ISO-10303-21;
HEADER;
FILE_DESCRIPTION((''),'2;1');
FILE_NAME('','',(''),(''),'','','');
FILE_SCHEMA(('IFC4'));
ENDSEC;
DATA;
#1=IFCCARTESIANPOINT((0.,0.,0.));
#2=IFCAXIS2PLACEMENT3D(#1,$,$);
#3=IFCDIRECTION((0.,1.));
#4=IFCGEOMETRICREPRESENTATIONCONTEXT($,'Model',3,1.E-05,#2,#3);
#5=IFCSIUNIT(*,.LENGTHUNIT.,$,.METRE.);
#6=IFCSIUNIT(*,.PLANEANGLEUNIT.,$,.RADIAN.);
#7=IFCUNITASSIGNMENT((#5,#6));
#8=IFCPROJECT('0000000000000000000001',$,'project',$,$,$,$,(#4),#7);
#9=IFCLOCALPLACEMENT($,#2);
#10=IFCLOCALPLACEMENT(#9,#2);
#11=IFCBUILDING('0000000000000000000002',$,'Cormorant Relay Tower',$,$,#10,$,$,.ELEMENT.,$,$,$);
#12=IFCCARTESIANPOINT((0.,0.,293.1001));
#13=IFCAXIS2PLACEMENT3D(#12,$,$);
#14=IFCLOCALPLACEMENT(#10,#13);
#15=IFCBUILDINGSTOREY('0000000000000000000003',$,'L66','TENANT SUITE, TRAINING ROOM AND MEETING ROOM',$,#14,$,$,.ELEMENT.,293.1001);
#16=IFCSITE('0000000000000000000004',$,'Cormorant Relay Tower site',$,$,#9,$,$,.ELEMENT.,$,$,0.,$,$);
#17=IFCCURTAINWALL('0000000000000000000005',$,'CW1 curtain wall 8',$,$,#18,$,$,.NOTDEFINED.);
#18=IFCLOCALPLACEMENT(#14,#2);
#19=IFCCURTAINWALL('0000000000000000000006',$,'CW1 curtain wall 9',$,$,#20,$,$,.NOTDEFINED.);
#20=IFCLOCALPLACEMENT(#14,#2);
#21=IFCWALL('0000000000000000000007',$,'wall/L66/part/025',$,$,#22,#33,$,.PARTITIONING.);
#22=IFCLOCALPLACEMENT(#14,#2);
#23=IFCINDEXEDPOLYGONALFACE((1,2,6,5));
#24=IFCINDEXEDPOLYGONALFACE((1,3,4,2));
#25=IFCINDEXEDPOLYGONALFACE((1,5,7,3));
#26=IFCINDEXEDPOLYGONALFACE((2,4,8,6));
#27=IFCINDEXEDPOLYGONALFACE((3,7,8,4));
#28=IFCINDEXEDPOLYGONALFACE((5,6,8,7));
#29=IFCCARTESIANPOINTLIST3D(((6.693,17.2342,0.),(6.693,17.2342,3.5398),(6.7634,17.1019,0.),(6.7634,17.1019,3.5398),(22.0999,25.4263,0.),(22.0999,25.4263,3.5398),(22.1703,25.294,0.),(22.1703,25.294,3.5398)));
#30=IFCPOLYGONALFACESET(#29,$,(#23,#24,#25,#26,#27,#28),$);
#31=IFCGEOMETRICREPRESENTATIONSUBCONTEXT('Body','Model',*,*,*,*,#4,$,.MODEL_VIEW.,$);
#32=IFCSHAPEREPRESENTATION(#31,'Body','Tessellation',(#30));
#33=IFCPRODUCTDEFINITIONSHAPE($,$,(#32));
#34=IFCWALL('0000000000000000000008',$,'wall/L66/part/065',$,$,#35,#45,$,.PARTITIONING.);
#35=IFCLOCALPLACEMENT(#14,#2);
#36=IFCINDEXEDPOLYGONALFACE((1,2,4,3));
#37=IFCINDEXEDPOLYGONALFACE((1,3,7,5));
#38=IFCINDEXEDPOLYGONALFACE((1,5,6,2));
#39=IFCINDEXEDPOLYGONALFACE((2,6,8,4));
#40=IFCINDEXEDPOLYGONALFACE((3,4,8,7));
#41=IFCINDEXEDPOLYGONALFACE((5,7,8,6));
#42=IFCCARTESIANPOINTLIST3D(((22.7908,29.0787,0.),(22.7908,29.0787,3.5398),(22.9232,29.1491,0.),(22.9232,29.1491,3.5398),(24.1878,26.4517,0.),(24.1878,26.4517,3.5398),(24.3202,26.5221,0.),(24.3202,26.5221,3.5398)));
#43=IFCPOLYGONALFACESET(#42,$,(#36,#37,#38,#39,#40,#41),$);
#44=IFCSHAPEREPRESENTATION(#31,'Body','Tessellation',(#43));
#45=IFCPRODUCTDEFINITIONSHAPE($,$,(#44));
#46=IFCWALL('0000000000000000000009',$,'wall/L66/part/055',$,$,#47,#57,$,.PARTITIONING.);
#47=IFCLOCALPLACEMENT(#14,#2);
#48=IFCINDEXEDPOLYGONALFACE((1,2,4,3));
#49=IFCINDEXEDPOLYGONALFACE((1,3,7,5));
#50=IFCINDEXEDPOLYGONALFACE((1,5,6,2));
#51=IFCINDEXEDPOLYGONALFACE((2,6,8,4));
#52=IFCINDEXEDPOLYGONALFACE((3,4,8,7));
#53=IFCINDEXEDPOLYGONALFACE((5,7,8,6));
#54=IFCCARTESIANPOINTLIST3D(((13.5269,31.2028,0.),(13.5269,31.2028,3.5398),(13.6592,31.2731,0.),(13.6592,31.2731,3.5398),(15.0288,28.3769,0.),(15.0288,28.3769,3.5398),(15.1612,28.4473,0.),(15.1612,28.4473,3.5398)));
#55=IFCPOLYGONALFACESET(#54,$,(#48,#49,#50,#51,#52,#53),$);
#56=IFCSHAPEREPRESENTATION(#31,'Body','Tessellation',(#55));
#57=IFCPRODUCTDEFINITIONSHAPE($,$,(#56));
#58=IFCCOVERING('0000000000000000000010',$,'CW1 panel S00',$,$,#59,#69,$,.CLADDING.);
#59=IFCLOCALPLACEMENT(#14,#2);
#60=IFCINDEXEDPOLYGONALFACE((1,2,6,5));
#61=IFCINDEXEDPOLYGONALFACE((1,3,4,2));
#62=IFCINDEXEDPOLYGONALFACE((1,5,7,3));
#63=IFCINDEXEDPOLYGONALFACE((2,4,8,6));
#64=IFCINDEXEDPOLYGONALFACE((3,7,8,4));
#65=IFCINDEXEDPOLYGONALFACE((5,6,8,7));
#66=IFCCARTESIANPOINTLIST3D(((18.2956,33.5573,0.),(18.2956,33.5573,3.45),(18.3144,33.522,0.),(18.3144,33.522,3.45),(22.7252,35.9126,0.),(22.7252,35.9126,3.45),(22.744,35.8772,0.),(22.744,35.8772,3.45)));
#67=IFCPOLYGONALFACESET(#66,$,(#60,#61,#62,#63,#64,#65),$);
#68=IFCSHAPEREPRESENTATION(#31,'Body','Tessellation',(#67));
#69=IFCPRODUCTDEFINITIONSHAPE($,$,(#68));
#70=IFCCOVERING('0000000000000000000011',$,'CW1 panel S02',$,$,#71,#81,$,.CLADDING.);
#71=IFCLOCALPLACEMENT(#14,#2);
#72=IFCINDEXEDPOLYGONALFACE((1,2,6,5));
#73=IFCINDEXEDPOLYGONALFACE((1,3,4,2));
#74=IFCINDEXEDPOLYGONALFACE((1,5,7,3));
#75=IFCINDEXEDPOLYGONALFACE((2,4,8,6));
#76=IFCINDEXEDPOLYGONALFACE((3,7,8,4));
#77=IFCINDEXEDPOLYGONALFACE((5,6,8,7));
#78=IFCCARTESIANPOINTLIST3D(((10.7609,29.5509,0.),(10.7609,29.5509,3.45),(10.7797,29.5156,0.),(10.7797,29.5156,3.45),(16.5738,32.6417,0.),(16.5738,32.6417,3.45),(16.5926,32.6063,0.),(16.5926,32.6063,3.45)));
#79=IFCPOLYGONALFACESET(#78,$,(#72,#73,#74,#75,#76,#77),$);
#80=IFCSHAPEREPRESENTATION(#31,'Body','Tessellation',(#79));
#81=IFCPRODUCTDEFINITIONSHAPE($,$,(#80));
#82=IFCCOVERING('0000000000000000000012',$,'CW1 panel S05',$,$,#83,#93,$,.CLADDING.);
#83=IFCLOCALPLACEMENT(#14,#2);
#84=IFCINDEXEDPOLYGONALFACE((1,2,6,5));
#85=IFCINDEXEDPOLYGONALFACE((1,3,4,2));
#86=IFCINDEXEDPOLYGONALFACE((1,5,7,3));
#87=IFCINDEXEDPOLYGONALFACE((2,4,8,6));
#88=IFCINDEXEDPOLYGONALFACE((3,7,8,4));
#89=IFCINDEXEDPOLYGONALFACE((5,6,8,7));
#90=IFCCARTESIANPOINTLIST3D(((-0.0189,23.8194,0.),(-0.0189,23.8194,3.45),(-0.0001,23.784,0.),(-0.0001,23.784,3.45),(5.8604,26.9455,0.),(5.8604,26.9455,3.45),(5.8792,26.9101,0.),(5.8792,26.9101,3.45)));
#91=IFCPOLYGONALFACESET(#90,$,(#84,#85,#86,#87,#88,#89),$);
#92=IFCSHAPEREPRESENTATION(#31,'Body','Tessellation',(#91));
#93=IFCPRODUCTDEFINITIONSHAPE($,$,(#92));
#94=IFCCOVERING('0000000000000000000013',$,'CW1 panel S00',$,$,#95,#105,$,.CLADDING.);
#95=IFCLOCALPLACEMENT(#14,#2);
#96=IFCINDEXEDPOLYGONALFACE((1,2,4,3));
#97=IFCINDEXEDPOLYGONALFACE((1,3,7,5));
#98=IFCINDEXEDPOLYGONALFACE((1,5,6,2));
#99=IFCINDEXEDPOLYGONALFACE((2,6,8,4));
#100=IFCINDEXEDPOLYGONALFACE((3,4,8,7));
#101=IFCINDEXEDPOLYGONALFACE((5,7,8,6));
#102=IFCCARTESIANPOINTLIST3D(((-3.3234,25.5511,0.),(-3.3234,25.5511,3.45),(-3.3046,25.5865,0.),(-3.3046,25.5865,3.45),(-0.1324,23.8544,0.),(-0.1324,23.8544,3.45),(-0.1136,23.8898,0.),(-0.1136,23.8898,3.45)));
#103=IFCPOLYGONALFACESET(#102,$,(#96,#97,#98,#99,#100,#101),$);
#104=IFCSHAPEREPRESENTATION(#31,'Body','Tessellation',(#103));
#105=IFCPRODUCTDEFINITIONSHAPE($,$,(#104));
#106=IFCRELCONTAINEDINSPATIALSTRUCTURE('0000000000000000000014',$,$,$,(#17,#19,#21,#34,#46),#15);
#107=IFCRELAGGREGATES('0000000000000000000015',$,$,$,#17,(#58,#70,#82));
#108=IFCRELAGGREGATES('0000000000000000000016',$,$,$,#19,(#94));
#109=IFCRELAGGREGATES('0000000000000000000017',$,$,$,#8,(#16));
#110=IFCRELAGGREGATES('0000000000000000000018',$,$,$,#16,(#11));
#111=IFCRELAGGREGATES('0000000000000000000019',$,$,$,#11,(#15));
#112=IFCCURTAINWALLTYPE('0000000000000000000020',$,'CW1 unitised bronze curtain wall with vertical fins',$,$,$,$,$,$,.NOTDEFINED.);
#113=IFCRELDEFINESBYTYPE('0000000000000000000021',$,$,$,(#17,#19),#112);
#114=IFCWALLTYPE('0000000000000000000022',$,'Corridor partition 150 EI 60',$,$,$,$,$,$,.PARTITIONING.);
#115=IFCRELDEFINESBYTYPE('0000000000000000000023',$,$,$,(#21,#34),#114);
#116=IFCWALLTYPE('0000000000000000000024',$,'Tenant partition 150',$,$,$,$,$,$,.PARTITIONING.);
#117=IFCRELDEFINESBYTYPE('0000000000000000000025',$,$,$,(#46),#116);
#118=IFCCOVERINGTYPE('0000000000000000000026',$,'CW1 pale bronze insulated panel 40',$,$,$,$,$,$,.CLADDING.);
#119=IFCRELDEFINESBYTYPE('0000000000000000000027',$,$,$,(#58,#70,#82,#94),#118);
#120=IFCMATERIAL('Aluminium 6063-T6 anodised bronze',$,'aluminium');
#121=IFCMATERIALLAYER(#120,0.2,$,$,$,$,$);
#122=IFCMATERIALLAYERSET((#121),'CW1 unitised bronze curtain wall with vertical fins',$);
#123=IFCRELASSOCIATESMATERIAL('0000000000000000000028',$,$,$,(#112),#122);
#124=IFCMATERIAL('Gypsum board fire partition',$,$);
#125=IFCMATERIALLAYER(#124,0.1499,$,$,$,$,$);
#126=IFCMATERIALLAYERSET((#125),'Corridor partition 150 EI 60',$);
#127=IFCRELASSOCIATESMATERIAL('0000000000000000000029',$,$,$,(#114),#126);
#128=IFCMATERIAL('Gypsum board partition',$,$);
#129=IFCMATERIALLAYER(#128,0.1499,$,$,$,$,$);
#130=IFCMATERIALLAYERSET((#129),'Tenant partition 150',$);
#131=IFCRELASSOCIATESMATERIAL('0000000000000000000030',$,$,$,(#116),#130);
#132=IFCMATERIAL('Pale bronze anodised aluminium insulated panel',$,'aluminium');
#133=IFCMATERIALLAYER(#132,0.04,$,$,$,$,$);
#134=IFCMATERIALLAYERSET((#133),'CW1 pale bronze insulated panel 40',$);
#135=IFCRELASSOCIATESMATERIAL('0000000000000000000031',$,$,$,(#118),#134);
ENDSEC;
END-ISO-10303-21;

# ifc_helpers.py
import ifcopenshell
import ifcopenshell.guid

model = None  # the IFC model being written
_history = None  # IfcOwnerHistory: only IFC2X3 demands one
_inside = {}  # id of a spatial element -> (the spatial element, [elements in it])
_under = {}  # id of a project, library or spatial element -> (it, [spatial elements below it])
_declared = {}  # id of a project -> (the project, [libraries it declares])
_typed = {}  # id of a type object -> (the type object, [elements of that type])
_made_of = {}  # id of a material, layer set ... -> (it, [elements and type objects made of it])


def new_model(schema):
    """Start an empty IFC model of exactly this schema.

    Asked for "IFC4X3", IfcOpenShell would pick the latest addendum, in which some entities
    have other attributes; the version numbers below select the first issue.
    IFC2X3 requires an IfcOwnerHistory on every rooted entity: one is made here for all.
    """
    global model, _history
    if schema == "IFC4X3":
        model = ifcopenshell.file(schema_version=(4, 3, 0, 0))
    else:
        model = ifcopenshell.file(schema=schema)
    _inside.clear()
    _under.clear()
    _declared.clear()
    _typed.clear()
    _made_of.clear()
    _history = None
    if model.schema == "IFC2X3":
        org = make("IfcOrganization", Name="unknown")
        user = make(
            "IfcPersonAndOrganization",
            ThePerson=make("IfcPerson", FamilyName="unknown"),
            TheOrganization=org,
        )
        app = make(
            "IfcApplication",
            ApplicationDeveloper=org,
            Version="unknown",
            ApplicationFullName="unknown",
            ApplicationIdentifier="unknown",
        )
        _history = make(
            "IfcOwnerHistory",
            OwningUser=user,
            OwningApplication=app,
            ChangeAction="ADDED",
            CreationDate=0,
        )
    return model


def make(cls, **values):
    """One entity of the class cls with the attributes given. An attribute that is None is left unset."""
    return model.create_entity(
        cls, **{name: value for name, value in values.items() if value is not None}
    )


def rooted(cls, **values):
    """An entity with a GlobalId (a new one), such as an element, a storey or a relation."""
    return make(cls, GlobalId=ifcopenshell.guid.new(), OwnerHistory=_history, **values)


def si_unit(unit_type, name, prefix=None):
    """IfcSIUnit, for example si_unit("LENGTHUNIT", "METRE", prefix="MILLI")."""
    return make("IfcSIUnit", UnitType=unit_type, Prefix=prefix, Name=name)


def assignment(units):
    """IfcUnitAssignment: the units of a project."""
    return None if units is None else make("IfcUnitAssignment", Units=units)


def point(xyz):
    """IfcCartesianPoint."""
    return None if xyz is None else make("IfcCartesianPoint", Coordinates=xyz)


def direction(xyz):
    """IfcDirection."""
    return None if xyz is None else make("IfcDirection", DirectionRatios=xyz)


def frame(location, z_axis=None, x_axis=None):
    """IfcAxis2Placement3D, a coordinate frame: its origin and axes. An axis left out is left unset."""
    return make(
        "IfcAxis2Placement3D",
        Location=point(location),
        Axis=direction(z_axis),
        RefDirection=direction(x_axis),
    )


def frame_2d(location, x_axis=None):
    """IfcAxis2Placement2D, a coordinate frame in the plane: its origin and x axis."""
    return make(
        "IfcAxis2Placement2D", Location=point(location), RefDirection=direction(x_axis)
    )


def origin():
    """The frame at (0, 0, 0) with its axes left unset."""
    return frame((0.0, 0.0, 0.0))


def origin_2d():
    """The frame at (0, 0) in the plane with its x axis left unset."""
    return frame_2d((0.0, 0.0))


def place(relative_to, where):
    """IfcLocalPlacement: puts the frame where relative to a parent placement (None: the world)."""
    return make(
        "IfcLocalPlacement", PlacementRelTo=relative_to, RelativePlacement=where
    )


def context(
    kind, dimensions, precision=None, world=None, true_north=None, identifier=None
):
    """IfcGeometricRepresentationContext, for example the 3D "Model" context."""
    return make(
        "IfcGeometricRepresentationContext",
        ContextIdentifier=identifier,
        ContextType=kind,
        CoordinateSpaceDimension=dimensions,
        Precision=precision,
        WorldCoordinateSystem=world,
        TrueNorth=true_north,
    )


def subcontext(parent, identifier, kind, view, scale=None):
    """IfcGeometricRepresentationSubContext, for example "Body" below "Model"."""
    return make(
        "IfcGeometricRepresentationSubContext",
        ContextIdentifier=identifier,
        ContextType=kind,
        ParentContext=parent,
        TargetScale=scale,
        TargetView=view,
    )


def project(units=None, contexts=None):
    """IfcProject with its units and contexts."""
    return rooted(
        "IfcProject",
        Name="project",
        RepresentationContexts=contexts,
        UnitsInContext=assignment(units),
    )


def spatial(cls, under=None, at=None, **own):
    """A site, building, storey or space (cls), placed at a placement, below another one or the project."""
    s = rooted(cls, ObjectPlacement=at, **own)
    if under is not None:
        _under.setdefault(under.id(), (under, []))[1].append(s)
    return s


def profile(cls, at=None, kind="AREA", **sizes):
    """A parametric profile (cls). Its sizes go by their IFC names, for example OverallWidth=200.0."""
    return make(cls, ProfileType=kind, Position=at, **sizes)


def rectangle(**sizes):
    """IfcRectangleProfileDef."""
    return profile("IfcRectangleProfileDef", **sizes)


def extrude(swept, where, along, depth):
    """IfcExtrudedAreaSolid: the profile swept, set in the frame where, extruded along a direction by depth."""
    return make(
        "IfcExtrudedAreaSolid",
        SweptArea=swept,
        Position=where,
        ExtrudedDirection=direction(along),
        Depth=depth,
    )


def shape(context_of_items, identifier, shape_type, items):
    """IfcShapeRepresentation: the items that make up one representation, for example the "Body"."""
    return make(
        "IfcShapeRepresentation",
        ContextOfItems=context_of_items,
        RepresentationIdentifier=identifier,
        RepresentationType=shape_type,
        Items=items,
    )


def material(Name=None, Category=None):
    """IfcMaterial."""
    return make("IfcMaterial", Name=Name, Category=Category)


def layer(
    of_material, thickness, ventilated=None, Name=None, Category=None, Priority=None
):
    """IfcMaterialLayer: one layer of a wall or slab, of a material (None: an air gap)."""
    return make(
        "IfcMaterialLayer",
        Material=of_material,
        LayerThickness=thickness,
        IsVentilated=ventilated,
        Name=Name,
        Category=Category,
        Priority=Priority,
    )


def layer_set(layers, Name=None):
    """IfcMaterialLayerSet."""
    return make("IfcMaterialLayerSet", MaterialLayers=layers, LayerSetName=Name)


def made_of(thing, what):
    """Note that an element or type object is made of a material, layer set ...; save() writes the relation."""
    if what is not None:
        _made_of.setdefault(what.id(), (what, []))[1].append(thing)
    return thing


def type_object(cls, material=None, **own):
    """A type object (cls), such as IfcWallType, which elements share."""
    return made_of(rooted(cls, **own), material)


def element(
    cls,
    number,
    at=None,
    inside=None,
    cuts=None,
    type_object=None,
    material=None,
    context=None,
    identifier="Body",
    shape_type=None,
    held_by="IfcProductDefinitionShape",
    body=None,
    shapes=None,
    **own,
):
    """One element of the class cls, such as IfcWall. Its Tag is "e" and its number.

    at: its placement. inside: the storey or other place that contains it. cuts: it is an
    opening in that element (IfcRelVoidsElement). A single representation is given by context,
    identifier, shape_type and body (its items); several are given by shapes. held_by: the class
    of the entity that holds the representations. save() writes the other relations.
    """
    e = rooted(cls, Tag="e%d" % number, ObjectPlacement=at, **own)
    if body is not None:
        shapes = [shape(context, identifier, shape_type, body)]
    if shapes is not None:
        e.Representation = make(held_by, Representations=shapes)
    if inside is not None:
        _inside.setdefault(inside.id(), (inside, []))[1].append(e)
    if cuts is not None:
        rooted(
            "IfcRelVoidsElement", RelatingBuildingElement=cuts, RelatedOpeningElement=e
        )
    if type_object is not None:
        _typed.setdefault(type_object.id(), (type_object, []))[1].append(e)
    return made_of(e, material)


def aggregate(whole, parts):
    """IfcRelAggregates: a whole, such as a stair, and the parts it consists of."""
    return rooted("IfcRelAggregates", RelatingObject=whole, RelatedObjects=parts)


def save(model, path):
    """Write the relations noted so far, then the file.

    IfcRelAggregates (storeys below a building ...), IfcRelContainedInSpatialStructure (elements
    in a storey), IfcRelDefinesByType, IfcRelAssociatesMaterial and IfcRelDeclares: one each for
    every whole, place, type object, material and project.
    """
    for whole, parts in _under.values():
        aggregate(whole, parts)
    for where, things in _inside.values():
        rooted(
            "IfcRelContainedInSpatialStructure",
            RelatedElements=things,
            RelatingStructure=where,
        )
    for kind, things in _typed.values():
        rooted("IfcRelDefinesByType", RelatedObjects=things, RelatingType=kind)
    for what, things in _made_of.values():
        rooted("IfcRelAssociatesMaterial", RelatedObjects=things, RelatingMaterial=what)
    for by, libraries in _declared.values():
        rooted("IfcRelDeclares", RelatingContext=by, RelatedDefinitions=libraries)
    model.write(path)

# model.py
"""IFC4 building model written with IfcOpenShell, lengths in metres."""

from ifc_helpers import new_model, si_unit, direction, frame, frame_2d, origin, origin_2d, place, context, subcontext, project, spatial, rectangle, extrude, material, layer, layer_set, type_object, element, aggregate, save


model = new_model("IFC4")

# Units and contexts
model_context = context("Model", 3, precision=1e-05, world=origin(), true_north=direction((0.0, 1.0)))
body_context = subcontext(model_context, "Body", "Model", "MODEL_VIEW")
ifc_project = project(units=[si_unit("LENGTHUNIT", "METRE"), si_unit("PLANEANGLEUNIT", "RADIAN")], contexts=[model_context])

# Site, building, storey
site_placement = place(None, origin())
site = spatial("IfcSite", under=ifc_project, at=site_placement, Name="Cormorant Relay Tower site", CompositionType="ELEMENT", RefElevation=0.0)
building_placement = place(site_placement, origin())
building = spatial("IfcBuilding", under=site, at=building_placement, Name="Cormorant Relay Tower", CompositionType="ELEMENT")
storey_placement = place(building_placement, frame((0.0, 0.0, 293.1001)))
storey = spatial("IfcBuildingStorey", under=building, at=storey_placement, Name="L66", Description="TENANT SUITE, TRAINING ROOM AND MEETING ROOM", CompositionType="ELEMENT", Elevation=293.1001)

# Curtain walls
ifc_material_1 = material(Name="Aluminium 6063-T6 anodised bronze", Category="aluminium")
ifc_layer_1 = layer(ifc_material_1, 0.2)
ifc_layer_set_1 = layer_set([ifc_layer_1], Name="CW1 unitised bronze curtain wall with vertical fins")
curtain_wall_type = type_object("IfcCurtainWallType", Name="CW1 unitised bronze curtain wall with vertical fins", PredefinedType="NOTDEFINED", material=ifc_layer_set_1)
curtain_wall_1_placement = place(storey_placement, origin())
curtain_wall_1 = element("IfcCurtainWall", 1, at=curtain_wall_1_placement, inside=storey, type_object=curtain_wall_type, Name="CW1 curtain wall 8", PredefinedType="NOTDEFINED")
curtain_wall_2_placement = place(storey_placement, origin())
curtain_wall_2 = element("IfcCurtainWall", 2, at=curtain_wall_2_placement, inside=storey, type_object=curtain_wall_type, Name="CW1 curtain wall 9", PredefinedType="NOTDEFINED")

# Walls
ifc_material_2 = material(Name="Gypsum board fire partition")
ifc_layer_2 = layer(ifc_material_2, 0.1499)
ifc_layer_set_2 = layer_set([ifc_layer_2], Name="Corridor partition 150 EI 60")
wall_type_1 = type_object("IfcWallType", Name="Corridor partition 150 EI 60", PredefinedType="PARTITIONING", material=ifc_layer_set_2)
wall_1_placement = place(storey_placement, frame((22.135, 25.3601, 0.0), z_axis=(0.0, 0.0, 1.0), x_axis=(-0.882945, -0.469476, 0.0)))
element("IfcWall", 3, at=wall_1_placement, inside=storey, type_object=wall_type_1, Name="wall/L66/part/025", PredefinedType="PARTITIONING", context=body_context, shape_type="SweptSolid", body=[
    extrude(rectangle(XDim=17.4495, YDim=0.1499, at=frame_2d((8.7246, 0.0))), origin(), (0.0, 0.0, 1.0), 3.5398),
])
wall_2_placement = place(storey_placement, frame((22.8569, 29.114, 0.0), z_axis=(0.0, 0.0, 1.0), x_axis=(0.469523, -0.88292, 0.0)))
element("IfcWall", 4, at=wall_2_placement, inside=storey, type_object=wall_type_1, Name="wall/L66/part/065", PredefinedType="PARTITIONING", context=body_context, shape_type="SweptSolid", body=[
    extrude(rectangle(XDim=2.9753, YDim=0.1499, at=frame_2d((1.4878, 0.0))), origin(), (0.0, 0.0, 1.0), 3.5398),
])
ifc_material_3 = material(Name="Gypsum board partition")
ifc_layer_3 = layer(ifc_material_3, 0.1499)
ifc_layer_set_3 = layer_set([ifc_layer_3], Name="Tenant partition 150")
wall_type_2 = type_object("IfcWallType", Name="Tenant partition 150", PredefinedType="PARTITIONING", material=ifc_layer_set_3)
wall_3_placement = place(storey_placement, frame((15.095, 28.4121, 0.0), z_axis=(0.0, 0.0, 1.0), x_axis=(-0.469321, 0.883028, 0.0)))
element("IfcWall", 5, at=wall_3_placement, inside=storey, type_object=wall_type_2, Name="wall/L66/part/055", PredefinedType="PARTITIONING", context=body_context, shape_type="SweptSolid", body=[
    extrude(rectangle(XDim=3.2002, YDim=0.1499, at=frame_2d((1.6001, 0.0))), origin(), (0.0, 0.0, 1.0), 3.5398),
])

# Coverings
ifc_material_4 = material(Name="Pale bronze anodised aluminium insulated panel", Category="aluminium")
ifc_layer_4 = layer(ifc_material_4, 0.04)
ifc_layer_set_4 = layer_set([ifc_layer_4], Name="CW1 pale bronze insulated panel 40")
covering_type = type_object("IfcCoveringType", Name="CW1 pale bronze insulated panel 40", PredefinedType="CLADDING", material=ifc_layer_set_4)
covering_1_placement = place(storey_placement, frame((20.5198, 34.7173, 0.0), z_axis=(0.0, 0.0, 1.0), x_axis=(-0.882948, -0.469472, 0.0)))
covering_1 = element("IfcCovering", 6, at=covering_1_placement, type_object=covering_type, Name="CW1 panel S00", PredefinedType="CLADDING", context=body_context, shape_type="SweptSolid", body=[
    extrude(rectangle(XDim=5.0168, YDim=0.04, at=origin_2d()), origin(), (0.0, 0.0, 1.0), 3.45),
])
covering_2_placement = place(storey_placement, frame((13.6768, 31.0786, 0.0), z_axis=(0.0, 0.0, 1.0), x_axis=(-0.882948, -0.469472, 0.0)))
covering_2 = element("IfcCovering", 7, at=covering_2_placement, type_object=covering_type, Name="CW1 panel S02", PredefinedType="CLADDING", context=body_context, shape_type="SweptSolid", body=[
    extrude(rectangle(XDim=6.5835, YDim=0.04, at=origin_2d()), origin(), (0.0, 0.0, 1.0), 3.45),
])
covering_3_placement = place(storey_placement, frame((2.9302, 25.3647, 0.0), z_axis=(0.0, 0.0, 1.0), x_axis=(-0.882948, -0.469472, 0.0)))
covering_3 = element("IfcCovering", 8, at=covering_3_placement, type_object=covering_type, Name="CW1 panel S05", PredefinedType="CLADDING", context=body_context, shape_type="SweptSolid", body=[
    extrude(rectangle(XDim=6.6587, YDim=0.04, at=origin_2d()), origin(), (0.0, 0.0, 1.0), 3.45),
])
aggregate(curtain_wall_1, [covering_1, covering_2, covering_3])
covering_4_placement = place(storey_placement, frame((-1.7185, 24.7205, 0.0), z_axis=(0.0, 0.0, 1.0), x_axis=(-0.882948, 0.469472, 0.0)))
covering_4 = element("IfcCovering", 9, at=covering_4_placement, type_object=covering_type, Name="CW1 panel S00", PredefinedType="CLADDING", context=body_context, shape_type="SweptSolid", body=[
    extrude(rectangle(XDim=3.614, YDim=0.04, at=origin_2d()), origin(), (0.0, 0.0, 1.0), 3.45),
])
aggregate(curtain_wall_2, [covering_4])

save(model, "model.ifc")
